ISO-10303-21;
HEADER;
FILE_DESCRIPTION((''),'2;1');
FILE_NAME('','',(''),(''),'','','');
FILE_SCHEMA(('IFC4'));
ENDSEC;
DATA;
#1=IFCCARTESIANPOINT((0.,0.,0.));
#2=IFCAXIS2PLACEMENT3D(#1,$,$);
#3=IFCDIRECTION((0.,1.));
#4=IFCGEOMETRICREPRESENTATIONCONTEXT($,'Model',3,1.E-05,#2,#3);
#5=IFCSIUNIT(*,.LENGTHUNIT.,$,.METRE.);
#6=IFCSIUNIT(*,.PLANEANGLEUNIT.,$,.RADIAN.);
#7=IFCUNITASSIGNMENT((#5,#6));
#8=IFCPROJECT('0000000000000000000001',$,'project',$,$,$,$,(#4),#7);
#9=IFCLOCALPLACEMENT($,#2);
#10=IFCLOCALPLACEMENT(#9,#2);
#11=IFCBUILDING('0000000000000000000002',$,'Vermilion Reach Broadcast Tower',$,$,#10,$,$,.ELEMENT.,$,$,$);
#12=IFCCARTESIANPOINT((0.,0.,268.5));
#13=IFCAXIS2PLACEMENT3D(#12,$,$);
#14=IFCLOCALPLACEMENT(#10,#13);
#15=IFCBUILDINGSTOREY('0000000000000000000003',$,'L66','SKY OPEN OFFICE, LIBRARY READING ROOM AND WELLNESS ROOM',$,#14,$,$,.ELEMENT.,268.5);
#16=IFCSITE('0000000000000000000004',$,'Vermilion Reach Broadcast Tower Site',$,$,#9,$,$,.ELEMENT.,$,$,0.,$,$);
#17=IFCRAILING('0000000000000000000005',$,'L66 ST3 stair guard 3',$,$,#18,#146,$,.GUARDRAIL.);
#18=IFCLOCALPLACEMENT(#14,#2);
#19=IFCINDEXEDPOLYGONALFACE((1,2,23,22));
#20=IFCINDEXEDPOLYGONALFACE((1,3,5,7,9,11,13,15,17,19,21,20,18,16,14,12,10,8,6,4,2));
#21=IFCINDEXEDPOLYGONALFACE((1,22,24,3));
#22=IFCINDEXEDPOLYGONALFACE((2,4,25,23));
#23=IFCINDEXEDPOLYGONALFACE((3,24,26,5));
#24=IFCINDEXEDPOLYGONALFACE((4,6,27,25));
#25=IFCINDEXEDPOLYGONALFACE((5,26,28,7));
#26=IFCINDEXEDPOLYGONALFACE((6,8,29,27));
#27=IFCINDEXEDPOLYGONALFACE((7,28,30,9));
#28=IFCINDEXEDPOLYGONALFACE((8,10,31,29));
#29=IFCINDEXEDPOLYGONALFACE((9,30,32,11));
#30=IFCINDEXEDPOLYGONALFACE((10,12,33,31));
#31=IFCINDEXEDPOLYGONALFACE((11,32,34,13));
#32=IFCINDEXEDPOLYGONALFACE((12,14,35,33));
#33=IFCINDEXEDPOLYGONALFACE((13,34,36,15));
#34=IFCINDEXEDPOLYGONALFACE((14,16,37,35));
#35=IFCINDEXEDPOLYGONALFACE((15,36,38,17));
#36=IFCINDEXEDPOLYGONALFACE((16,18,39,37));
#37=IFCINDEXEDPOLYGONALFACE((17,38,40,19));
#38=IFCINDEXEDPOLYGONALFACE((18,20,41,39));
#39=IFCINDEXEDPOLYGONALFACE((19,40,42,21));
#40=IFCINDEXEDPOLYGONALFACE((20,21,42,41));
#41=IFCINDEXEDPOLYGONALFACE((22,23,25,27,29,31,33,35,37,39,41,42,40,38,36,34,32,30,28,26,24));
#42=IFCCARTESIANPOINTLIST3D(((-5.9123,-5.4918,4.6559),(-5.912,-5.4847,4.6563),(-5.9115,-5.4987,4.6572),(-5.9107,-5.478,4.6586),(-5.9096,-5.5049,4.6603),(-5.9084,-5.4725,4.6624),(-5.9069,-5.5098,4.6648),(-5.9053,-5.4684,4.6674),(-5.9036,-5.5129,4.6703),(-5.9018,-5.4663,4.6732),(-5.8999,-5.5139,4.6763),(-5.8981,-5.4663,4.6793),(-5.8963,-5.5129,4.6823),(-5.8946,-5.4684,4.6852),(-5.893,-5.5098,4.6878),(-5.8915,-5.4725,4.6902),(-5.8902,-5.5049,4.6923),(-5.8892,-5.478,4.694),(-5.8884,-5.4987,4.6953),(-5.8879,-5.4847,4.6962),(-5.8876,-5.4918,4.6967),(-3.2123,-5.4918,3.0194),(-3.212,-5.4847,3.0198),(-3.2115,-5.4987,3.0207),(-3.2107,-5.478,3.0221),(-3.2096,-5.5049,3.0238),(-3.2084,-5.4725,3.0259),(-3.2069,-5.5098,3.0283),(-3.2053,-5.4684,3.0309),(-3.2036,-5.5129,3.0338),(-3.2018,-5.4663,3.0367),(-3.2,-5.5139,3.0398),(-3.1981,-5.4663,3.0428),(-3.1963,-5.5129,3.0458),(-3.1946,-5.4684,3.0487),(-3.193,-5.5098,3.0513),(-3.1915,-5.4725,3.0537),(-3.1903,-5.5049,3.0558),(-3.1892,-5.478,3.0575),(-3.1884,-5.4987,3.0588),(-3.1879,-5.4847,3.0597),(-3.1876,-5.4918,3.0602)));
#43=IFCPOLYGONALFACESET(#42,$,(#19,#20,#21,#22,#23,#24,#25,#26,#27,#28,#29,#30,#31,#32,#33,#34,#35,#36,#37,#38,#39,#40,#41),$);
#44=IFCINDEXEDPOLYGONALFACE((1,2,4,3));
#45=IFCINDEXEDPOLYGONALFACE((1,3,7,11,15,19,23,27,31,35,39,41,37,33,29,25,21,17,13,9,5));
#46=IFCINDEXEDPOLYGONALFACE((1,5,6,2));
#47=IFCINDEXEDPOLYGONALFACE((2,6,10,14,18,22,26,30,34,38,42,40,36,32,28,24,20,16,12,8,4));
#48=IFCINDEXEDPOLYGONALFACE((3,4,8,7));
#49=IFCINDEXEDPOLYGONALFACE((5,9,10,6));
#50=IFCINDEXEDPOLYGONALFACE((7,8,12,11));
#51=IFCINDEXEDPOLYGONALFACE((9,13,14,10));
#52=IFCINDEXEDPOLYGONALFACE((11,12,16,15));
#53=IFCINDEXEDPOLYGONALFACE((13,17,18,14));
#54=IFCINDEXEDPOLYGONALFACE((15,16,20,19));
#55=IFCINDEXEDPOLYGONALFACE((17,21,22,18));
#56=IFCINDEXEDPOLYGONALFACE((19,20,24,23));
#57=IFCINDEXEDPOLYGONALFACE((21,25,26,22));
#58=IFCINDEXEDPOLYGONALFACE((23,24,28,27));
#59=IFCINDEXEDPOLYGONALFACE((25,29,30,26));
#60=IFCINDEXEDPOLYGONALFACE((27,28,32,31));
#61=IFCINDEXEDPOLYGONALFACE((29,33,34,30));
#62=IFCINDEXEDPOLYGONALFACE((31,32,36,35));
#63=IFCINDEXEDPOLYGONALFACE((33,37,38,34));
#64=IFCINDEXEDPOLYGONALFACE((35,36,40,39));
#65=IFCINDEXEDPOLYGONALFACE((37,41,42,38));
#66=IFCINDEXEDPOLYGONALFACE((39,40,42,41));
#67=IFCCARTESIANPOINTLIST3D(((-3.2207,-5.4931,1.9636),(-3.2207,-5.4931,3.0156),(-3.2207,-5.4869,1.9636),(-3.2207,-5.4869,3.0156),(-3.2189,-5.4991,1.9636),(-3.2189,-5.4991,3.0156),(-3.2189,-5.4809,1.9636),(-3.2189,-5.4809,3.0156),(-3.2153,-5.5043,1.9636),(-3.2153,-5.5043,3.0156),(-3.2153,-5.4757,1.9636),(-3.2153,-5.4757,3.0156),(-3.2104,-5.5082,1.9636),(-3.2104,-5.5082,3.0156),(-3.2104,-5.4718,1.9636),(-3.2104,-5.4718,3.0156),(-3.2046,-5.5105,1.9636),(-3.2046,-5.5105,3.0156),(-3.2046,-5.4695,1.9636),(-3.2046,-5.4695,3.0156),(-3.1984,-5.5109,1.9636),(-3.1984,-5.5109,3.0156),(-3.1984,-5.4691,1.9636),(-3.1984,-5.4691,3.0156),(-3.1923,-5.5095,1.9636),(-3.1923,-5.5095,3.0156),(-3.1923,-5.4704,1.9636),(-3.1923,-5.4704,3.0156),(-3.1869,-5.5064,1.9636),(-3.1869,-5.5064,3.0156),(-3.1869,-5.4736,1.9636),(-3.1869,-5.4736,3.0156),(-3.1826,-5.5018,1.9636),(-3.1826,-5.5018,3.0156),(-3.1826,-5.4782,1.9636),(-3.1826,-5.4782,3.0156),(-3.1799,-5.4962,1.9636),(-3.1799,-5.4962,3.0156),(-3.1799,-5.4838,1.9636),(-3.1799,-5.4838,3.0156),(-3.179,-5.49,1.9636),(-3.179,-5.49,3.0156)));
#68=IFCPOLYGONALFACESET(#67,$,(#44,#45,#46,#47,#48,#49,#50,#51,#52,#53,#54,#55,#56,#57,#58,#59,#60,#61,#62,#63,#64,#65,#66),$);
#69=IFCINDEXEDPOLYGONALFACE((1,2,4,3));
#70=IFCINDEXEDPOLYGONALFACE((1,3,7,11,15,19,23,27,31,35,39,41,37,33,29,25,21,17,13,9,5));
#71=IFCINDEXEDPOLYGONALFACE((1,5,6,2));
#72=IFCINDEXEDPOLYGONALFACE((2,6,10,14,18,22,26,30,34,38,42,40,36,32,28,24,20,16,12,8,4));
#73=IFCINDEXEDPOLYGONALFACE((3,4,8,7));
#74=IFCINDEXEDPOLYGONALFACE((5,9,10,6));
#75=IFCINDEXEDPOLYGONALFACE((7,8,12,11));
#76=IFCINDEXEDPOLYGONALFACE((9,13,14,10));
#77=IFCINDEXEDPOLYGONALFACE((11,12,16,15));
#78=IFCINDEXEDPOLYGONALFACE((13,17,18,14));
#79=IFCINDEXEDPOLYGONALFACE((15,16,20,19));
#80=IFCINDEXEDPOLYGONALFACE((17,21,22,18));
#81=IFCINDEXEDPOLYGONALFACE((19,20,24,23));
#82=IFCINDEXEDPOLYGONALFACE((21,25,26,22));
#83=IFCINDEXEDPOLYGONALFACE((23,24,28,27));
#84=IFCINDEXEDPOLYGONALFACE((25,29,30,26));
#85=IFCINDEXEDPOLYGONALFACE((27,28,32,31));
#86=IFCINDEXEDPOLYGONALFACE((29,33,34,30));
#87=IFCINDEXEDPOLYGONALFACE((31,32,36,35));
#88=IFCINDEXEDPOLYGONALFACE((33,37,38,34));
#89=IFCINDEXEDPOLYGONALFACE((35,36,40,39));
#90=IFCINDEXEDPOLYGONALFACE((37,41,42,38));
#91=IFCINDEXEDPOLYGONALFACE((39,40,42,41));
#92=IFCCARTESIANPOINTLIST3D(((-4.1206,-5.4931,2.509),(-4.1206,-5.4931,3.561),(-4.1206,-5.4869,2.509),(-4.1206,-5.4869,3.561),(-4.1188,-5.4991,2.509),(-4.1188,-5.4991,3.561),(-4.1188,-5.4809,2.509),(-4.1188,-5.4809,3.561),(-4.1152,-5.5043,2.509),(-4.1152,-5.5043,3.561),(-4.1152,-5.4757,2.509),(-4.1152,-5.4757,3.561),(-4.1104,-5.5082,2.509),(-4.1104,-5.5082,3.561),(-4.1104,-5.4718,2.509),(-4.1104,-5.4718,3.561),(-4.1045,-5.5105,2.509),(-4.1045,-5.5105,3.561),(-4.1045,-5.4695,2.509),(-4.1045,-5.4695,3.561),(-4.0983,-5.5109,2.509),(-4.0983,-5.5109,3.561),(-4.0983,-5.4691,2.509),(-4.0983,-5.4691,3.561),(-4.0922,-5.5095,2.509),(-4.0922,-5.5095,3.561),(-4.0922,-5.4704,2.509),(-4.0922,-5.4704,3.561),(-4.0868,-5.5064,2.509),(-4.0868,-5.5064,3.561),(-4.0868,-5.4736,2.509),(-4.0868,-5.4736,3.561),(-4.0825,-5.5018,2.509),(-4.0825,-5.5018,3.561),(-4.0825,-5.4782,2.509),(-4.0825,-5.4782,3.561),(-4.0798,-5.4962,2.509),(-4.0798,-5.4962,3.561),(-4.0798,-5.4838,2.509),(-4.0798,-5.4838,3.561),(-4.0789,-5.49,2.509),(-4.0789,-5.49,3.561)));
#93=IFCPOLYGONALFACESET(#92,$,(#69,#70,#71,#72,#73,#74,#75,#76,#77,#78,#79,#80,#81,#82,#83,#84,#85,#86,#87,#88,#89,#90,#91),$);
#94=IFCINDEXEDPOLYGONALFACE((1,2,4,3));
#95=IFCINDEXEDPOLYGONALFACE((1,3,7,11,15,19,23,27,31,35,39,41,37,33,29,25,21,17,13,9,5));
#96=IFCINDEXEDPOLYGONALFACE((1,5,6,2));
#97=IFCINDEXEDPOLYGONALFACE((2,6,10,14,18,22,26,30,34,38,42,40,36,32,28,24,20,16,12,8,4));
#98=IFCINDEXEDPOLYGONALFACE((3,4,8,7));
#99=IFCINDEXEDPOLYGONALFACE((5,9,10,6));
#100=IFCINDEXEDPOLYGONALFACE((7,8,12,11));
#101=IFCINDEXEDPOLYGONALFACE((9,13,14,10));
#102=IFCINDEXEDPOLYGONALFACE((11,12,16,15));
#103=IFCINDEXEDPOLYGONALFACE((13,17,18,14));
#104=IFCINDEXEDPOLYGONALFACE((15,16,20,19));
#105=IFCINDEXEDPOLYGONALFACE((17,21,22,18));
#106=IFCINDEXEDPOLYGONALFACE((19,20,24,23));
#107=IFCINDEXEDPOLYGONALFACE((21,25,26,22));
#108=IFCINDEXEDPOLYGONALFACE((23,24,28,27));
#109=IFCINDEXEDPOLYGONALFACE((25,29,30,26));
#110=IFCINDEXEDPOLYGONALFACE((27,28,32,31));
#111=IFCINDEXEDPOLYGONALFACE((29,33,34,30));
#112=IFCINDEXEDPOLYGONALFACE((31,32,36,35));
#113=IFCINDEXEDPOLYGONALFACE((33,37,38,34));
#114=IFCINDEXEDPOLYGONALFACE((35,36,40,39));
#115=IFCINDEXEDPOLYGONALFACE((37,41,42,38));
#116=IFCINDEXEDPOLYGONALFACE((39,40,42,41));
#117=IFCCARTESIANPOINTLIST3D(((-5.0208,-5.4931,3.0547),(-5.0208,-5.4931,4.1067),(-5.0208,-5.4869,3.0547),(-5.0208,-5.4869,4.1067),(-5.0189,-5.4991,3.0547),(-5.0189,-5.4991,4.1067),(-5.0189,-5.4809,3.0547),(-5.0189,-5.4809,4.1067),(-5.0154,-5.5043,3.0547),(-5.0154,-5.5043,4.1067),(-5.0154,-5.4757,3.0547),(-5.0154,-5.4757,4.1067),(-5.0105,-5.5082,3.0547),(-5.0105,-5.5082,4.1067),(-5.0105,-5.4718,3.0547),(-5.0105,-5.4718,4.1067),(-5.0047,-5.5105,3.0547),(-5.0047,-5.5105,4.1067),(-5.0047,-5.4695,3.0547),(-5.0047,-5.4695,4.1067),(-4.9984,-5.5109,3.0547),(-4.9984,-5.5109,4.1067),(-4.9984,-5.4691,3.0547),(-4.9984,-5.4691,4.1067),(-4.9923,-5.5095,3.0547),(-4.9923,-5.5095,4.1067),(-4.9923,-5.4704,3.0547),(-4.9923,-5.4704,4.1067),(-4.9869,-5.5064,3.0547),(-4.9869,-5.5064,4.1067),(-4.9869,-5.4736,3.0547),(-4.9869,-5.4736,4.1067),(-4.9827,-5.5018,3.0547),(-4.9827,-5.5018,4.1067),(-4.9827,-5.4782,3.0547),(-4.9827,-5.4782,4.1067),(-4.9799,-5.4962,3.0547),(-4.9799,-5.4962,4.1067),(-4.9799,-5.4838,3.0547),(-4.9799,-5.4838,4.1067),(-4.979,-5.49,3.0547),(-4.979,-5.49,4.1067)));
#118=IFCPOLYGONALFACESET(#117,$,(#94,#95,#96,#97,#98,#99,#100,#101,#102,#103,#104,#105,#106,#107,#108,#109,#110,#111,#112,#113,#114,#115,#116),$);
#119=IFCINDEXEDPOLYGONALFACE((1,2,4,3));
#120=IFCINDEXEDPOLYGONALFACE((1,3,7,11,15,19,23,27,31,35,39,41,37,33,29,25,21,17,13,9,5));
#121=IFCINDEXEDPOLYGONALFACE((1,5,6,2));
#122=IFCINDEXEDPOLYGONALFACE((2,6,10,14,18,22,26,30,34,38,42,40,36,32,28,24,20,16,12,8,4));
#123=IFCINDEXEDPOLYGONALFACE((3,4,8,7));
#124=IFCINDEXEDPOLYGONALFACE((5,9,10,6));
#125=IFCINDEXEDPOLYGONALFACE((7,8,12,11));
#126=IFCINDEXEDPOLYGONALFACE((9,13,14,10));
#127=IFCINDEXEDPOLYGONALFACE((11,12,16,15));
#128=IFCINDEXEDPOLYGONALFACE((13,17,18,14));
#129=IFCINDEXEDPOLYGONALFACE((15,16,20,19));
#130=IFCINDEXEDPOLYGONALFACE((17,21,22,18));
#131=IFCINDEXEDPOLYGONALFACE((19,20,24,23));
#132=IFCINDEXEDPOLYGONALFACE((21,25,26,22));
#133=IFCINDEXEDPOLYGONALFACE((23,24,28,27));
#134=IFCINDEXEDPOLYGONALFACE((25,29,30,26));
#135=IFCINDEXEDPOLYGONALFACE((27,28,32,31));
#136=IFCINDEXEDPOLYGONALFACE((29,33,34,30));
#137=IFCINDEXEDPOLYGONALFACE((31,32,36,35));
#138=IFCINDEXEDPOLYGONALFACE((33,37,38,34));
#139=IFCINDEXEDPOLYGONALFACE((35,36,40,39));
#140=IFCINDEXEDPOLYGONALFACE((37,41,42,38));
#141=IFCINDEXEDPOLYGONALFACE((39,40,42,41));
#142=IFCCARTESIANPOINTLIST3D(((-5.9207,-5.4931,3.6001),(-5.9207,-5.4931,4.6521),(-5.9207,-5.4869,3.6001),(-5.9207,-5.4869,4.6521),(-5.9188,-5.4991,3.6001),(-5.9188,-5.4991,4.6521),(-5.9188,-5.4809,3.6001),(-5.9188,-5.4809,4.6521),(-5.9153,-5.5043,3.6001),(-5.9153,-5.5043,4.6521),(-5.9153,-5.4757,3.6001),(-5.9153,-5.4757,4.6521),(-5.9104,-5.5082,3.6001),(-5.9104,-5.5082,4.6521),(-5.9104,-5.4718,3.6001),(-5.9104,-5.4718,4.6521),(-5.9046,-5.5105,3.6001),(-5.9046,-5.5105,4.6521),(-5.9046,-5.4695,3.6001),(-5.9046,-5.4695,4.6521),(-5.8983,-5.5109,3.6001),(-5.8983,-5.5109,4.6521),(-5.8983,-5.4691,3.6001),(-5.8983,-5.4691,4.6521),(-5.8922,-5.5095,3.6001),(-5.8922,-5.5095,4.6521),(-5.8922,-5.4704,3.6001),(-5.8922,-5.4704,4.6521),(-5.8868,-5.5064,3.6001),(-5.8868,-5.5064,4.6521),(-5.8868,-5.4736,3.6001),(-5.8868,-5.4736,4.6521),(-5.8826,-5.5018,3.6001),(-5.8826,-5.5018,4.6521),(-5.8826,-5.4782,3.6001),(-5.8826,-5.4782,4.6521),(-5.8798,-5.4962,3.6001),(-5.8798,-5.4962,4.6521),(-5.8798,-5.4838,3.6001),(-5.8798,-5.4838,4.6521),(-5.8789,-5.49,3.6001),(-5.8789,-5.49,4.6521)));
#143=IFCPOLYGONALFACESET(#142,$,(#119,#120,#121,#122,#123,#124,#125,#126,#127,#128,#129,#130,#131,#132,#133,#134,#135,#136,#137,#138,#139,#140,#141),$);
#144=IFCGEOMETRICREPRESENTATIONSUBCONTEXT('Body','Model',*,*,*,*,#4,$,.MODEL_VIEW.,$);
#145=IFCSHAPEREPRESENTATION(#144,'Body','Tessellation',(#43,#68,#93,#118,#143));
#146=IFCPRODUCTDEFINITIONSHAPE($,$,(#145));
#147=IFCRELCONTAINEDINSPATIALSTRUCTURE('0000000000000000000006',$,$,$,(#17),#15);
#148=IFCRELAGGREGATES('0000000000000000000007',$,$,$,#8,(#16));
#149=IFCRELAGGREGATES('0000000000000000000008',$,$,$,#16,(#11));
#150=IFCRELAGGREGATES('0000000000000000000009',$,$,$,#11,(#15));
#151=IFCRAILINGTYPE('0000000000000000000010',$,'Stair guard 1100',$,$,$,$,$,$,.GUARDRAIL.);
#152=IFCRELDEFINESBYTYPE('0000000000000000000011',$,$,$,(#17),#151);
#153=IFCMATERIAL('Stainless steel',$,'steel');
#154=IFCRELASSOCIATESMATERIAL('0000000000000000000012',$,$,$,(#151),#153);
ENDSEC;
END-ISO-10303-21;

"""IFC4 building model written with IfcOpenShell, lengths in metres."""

from ifc_helpers import new_model, si_unit, direction, frame, origin, origin_2d, place, context, subcontext, project, spatial, circle, extrude, material, type_object, element, save


model = new_model("IFC4")

# Units and contexts
model_context = context("Model", 3, precision=1e-05, world=origin(), true_north=direction((0.0, 1.0)))
body_context = subcontext(model_context, "Body", "Model", "MODEL_VIEW")
ifc_project = project(units=[si_unit("LENGTHUNIT", "METRE"), si_unit("PLANEANGLEUNIT", "RADIAN")], contexts=[model_context])

# Site, building, storey
site_placement = place(None, origin())
site = spatial("IfcSite", under=ifc_project, at=site_placement, Name="Vermilion Reach Broadcast Tower Site", CompositionType="ELEMENT", RefElevation=0.0)
building_placement = place(site_placement, origin())
building = spatial("IfcBuilding", under=site, at=building_placement, Name="Vermilion Reach Broadcast Tower", CompositionType="ELEMENT")
storey_placement = place(building_placement, frame((0.0, 0.0, 268.5)))
storey = spatial("IfcBuildingStorey", under=building, at=storey_placement, Name="L66", Description="SKY OPEN OFFICE, LIBRARY READING ROOM AND WELLNESS ROOM", CompositionType="ELEMENT", Elevation=268.5)

# Railing
ifc_material_1 = material(Name="Stainless steel", Category="steel")
railing_type_1 = type_object("IfcRailingType", Name="Stair guard 1100", PredefinedType="GUARDRAIL", material=ifc_material_1)
railing_1_placement = place(storey_placement, frame((-3.2, -5.49, 1.9636)))
element("IfcRailing", 1, at=railing_1_placement, inside=storey, type_object=railing_type_1, Name="L66 ST3 stair guard 3", PredefinedType="GUARDRAIL", context=body_context, shape_type="SweptSolid", body=[
    extrude(circle(Radius=0.0239, at=origin_2d()), frame((0.0, 0.0, 1.0762), z_axis=(-0.855178, 0.0, 0.518334), x_axis=(0.0, -1.0, 0.0)), (0.0, 0.0, 1.0), 3.1572),
    extrude(circle(Radius=0.021, at=origin_2d()), origin(), (0.0, 0.0, 1.0), 1.052),
    extrude(circle(Radius=0.021, at=origin_2d()), frame((-0.8999, 0.0, 0.5454)), (0.0, 0.0, 1.0), 1.052),
    extrude(circle(Radius=0.021, at=origin_2d()), frame((-1.8, 0.0, 1.0911)), (0.0, 0.0, 1.0), 1.052),
    extrude(circle(Radius=0.021, at=origin_2d()), frame((-2.7, 0.0, 1.6365)), (0.0, 0.0, 1.0), 1.052),
])

save(model, "model.ifc")
